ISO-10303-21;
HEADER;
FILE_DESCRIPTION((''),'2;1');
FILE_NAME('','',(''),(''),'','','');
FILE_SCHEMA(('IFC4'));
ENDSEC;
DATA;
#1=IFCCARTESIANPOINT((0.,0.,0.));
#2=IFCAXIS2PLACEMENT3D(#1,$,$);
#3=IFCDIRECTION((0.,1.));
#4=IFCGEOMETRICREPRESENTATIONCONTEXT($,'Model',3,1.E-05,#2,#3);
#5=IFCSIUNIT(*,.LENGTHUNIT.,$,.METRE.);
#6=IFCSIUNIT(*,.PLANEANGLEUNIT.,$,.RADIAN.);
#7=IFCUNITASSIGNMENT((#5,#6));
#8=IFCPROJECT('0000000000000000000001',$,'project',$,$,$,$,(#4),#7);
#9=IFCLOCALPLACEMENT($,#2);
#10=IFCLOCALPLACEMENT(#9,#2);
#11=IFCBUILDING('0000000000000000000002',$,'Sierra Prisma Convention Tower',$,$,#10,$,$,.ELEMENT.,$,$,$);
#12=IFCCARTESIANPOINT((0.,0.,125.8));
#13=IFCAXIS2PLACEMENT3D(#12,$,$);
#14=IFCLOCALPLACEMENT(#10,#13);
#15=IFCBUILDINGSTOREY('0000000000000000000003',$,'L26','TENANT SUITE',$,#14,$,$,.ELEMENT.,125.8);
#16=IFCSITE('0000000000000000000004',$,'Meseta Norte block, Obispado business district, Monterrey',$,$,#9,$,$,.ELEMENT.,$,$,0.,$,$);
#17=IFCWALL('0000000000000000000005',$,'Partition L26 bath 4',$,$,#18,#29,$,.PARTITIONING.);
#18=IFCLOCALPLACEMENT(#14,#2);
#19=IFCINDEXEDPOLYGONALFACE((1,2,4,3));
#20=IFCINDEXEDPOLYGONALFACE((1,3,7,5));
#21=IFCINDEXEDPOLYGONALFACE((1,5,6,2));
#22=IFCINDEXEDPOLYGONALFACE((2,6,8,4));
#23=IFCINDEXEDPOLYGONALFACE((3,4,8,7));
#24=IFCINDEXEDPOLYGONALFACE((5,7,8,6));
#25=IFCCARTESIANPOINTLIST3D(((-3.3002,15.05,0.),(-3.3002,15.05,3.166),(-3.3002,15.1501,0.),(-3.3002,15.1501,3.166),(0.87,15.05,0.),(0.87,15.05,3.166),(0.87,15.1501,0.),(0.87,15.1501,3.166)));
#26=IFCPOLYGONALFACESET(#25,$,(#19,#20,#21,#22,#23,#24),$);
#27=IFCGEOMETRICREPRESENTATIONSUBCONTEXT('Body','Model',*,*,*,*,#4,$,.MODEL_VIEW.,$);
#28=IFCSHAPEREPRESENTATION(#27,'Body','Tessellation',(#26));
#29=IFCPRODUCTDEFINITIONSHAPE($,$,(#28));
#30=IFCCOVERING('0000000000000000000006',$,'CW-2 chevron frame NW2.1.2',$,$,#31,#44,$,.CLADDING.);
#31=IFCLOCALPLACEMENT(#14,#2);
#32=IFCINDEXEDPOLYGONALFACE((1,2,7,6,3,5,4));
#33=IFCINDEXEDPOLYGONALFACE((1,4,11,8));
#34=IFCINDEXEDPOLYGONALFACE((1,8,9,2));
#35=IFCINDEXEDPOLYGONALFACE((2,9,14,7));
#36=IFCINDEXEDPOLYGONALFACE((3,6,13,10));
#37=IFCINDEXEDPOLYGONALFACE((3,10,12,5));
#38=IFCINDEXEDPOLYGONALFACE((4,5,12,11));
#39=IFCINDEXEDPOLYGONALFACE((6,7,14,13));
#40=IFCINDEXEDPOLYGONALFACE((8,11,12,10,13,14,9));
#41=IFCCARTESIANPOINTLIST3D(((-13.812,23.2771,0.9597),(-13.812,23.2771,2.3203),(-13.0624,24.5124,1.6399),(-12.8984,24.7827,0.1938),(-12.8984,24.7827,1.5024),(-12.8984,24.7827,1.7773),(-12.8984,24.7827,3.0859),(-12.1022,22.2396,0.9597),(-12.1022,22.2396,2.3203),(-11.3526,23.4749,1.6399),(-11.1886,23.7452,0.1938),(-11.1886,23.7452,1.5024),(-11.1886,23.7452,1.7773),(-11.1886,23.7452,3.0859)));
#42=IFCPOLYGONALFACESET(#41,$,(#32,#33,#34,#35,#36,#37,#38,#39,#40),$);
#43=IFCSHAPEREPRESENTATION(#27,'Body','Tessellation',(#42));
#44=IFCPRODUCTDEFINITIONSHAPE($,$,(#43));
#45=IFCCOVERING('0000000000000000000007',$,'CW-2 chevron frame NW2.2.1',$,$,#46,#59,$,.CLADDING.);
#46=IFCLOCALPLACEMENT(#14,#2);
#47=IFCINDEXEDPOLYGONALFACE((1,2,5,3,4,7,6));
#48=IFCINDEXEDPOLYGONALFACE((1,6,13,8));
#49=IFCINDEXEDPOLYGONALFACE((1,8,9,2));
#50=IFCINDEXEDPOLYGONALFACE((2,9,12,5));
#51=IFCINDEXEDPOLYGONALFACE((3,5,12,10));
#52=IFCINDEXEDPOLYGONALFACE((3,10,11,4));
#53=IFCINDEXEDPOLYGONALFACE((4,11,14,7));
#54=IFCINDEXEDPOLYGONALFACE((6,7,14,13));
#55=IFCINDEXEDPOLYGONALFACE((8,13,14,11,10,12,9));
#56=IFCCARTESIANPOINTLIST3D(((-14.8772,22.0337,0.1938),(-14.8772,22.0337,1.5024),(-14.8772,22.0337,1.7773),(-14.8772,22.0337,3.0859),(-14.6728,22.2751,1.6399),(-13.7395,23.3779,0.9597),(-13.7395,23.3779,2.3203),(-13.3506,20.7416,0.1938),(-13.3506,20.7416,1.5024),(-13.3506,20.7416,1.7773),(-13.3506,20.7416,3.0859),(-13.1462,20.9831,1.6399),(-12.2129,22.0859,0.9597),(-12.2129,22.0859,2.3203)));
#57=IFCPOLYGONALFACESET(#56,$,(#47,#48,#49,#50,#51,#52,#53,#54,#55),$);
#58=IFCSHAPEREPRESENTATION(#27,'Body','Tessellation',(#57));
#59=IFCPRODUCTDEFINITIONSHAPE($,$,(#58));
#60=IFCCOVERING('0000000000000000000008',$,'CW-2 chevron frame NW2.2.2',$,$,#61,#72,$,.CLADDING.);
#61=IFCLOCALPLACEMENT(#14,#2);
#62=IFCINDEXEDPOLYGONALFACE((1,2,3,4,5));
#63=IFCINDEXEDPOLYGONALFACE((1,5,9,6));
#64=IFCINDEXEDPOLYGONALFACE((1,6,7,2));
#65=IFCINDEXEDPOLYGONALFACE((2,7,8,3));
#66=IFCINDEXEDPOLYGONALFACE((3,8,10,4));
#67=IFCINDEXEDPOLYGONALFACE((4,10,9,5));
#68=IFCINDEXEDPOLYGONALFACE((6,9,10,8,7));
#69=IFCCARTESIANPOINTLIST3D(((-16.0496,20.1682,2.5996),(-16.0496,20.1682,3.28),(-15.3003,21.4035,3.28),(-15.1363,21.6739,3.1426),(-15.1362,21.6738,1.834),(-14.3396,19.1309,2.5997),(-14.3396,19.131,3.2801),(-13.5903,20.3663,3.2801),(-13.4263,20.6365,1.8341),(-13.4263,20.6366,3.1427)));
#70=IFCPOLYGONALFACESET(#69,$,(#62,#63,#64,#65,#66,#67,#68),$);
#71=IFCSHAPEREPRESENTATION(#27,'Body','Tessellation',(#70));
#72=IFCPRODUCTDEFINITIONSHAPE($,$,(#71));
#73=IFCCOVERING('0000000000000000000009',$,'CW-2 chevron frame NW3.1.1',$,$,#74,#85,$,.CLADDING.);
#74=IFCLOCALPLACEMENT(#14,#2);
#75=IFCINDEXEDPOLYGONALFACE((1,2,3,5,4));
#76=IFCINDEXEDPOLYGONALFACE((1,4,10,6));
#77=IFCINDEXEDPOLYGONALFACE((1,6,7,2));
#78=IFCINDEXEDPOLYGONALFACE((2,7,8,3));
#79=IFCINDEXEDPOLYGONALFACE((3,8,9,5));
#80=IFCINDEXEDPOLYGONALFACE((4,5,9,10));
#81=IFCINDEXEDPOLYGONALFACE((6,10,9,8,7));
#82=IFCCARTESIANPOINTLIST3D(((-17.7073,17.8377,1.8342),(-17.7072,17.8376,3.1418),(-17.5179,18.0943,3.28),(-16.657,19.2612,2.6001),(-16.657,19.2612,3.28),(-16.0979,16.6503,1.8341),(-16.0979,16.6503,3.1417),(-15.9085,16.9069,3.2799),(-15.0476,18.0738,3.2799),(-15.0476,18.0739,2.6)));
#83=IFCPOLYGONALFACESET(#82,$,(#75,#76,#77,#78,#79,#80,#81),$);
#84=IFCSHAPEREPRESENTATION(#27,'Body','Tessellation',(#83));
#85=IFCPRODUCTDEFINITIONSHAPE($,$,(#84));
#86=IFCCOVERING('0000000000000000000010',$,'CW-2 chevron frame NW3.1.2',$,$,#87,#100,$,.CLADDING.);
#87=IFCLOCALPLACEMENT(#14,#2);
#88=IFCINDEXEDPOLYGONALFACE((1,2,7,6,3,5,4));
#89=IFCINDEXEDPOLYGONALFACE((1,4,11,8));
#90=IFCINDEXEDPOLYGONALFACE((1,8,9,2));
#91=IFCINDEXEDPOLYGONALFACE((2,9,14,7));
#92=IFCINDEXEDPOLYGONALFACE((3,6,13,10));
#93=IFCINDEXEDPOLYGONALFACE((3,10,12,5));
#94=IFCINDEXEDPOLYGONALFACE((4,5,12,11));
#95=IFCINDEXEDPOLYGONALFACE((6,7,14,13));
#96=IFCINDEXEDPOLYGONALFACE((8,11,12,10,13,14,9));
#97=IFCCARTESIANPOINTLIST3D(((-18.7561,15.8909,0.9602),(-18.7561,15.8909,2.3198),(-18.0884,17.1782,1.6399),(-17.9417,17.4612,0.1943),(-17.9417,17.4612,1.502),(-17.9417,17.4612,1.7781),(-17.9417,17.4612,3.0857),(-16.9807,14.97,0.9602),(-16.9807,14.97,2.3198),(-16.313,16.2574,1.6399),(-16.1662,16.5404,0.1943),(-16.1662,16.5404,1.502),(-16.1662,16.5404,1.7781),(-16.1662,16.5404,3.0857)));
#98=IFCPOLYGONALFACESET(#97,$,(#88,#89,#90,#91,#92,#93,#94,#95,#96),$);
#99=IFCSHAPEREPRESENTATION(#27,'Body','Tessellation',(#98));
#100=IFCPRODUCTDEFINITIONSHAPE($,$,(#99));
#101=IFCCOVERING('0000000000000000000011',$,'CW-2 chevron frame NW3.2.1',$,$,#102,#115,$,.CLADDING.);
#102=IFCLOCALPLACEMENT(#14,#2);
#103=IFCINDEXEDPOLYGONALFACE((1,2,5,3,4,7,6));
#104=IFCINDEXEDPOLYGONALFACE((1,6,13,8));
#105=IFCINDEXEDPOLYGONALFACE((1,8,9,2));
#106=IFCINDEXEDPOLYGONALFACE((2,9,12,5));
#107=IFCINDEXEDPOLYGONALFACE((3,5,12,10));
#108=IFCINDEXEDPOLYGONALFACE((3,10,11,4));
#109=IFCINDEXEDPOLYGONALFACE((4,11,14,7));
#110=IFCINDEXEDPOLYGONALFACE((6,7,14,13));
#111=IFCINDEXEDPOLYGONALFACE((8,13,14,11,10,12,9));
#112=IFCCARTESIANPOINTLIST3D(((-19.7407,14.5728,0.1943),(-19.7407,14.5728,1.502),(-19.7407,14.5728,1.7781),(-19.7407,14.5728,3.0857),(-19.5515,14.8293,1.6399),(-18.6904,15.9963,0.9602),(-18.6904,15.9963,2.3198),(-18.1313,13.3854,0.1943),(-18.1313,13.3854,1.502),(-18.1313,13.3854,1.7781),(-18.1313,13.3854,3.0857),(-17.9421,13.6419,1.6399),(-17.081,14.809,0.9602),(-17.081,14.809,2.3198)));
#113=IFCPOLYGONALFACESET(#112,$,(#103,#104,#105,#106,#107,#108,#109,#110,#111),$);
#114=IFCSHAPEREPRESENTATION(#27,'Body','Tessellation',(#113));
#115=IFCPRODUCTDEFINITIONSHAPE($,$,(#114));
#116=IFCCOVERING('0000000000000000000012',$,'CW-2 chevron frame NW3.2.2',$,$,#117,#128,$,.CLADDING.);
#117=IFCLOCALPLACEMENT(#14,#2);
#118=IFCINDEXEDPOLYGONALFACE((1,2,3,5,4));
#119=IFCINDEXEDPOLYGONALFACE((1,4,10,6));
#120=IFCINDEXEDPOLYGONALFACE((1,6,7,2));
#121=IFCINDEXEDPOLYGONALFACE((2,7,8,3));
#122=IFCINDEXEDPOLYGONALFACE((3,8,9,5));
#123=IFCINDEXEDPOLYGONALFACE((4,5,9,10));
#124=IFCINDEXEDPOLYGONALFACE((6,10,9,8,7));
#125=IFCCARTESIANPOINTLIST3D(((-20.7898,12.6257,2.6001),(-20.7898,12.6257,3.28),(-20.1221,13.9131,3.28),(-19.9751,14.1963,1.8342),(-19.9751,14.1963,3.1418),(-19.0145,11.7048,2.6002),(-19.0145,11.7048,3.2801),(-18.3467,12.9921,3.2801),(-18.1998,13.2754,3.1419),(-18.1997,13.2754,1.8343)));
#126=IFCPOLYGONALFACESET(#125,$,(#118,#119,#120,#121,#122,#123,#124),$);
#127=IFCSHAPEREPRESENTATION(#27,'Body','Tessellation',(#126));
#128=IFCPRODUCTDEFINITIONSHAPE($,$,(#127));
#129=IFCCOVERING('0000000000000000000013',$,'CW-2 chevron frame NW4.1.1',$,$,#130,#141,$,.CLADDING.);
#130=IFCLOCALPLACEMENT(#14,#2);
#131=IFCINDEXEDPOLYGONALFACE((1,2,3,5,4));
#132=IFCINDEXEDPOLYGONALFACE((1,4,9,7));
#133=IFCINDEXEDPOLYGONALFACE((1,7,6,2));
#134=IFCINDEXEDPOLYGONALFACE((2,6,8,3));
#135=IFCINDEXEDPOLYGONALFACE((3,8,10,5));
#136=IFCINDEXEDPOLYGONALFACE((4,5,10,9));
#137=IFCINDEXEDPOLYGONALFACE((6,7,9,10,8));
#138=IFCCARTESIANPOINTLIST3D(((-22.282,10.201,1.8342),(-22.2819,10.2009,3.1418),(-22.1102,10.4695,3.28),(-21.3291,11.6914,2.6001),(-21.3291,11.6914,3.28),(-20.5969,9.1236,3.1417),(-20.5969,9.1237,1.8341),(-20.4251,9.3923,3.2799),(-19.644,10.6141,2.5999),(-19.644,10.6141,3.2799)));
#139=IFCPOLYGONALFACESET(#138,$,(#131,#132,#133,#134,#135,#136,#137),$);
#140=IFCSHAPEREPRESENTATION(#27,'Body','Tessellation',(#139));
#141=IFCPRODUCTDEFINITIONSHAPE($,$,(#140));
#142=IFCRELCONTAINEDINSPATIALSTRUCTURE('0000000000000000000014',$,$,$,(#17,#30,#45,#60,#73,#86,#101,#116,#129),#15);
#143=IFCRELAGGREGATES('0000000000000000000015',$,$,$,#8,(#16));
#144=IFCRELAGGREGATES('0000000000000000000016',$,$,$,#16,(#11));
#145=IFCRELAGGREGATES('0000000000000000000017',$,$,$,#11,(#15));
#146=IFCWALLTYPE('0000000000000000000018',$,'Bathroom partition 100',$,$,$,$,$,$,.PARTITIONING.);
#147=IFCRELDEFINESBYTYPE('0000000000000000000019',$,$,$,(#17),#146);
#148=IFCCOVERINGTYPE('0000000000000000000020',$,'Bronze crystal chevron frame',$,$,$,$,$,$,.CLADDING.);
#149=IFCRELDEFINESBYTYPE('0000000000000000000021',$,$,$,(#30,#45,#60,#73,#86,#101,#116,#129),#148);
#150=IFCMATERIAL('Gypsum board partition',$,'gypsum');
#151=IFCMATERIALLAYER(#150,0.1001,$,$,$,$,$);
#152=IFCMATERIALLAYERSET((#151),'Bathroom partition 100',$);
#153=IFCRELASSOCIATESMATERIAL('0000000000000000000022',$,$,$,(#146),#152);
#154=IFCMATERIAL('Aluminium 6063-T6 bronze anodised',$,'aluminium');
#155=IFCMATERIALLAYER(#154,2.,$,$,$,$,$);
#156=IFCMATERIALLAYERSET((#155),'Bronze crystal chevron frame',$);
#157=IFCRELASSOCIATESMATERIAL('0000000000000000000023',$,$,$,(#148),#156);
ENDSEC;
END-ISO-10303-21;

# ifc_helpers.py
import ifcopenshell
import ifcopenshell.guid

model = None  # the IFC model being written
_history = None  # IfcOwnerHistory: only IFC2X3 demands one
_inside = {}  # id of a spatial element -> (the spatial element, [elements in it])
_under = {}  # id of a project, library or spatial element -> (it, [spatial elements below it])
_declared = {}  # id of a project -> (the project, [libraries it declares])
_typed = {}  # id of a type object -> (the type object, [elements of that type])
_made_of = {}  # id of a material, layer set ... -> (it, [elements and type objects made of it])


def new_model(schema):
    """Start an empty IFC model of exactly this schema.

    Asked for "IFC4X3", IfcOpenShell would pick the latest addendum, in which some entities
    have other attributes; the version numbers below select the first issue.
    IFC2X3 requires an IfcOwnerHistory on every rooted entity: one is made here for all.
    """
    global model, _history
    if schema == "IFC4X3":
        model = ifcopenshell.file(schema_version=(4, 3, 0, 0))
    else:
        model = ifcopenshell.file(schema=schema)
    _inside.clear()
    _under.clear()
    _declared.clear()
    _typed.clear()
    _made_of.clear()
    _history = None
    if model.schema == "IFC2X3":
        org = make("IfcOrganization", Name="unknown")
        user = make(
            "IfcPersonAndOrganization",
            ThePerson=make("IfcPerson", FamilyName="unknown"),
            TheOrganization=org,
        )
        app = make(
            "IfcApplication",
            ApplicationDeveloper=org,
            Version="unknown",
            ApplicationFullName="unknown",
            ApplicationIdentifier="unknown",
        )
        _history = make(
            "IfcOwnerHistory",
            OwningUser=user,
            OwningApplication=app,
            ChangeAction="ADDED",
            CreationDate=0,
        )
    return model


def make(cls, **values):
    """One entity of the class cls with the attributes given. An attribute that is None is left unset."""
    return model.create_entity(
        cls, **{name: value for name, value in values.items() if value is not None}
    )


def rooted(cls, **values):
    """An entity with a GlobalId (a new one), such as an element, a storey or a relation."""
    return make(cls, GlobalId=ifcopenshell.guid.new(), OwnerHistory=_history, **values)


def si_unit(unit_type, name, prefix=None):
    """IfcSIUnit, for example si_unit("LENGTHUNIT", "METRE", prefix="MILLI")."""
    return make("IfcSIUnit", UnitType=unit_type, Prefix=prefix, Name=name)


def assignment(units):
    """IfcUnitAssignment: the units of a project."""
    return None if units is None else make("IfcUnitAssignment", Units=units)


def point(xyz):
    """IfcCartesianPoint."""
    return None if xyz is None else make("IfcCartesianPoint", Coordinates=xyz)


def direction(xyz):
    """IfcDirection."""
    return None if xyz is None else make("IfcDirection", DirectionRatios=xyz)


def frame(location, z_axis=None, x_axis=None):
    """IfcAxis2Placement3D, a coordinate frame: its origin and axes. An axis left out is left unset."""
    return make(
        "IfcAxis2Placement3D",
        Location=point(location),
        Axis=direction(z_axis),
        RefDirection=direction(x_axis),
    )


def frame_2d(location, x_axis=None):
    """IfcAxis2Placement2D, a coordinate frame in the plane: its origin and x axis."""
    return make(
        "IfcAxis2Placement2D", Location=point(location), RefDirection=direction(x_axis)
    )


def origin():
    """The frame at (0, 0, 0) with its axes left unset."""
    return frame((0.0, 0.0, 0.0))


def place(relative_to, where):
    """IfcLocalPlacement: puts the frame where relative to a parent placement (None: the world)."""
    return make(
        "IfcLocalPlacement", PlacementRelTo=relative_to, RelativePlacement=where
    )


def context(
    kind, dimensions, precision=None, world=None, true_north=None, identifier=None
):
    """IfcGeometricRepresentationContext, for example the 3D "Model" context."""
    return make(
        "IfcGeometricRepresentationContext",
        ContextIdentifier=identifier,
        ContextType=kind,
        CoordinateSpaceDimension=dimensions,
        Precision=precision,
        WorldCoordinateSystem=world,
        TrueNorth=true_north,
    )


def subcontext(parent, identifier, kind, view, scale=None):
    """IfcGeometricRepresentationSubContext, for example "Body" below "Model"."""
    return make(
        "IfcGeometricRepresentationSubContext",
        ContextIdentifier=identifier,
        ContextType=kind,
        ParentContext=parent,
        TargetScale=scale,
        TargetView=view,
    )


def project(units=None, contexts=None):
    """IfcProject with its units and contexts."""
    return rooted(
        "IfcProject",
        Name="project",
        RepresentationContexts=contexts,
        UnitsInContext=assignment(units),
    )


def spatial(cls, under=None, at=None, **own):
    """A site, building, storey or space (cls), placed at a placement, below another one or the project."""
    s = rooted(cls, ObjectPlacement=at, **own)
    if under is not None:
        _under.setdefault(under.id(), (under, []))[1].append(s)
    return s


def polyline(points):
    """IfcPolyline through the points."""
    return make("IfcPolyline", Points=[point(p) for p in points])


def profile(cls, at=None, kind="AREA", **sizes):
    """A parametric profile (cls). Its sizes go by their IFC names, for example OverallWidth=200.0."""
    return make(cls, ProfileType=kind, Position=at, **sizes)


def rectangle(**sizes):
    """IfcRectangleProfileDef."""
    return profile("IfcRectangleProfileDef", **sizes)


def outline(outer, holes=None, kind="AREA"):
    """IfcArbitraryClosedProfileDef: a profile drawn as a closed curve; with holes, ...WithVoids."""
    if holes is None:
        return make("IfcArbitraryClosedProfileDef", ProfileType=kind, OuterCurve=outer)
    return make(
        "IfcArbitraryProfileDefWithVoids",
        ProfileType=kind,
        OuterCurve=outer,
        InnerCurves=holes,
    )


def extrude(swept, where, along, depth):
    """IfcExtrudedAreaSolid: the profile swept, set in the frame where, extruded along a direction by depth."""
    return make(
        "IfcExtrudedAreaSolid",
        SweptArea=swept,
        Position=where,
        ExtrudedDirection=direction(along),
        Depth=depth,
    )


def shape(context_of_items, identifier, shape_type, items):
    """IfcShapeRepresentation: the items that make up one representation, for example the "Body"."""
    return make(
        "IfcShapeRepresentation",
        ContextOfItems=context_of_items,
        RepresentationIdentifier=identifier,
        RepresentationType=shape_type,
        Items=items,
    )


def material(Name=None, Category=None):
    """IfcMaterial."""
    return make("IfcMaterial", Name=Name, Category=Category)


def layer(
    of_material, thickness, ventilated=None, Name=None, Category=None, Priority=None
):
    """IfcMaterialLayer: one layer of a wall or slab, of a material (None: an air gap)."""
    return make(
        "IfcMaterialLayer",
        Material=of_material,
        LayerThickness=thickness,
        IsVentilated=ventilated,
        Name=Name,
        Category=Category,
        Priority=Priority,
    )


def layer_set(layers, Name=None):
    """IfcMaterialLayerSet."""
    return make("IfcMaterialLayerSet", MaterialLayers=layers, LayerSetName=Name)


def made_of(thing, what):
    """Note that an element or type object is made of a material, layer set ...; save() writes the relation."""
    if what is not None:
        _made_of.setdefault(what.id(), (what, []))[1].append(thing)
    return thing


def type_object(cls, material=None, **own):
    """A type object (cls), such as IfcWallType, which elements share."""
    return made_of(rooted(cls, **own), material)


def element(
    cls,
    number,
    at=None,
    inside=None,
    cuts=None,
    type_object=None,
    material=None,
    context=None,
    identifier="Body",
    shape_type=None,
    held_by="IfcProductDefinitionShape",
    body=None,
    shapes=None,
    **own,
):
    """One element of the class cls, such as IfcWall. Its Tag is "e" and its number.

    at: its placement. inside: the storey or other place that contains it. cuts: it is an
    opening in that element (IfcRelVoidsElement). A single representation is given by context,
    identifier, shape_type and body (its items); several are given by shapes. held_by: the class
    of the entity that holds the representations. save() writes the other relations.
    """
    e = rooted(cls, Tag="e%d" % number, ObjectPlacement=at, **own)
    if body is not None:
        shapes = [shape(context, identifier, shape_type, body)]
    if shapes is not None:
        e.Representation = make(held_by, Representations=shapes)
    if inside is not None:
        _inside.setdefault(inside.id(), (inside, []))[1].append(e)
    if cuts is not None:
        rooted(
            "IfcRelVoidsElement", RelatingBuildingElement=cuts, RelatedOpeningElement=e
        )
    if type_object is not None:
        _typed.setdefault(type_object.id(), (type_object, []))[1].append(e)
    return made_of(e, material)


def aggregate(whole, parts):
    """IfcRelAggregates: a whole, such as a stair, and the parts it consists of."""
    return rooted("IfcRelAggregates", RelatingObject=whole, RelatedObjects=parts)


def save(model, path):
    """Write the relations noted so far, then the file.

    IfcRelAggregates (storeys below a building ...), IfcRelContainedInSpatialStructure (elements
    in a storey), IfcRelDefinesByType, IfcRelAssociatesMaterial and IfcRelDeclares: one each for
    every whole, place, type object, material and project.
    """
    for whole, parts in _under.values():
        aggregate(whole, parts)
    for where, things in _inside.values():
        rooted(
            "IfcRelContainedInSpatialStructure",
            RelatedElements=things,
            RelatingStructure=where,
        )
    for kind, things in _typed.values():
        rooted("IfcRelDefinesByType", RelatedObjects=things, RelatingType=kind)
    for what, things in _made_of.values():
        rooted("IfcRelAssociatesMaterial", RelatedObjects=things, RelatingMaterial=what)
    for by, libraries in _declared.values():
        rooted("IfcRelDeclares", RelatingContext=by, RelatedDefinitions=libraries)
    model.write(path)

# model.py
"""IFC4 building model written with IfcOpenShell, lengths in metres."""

from ifc_helpers import new_model, si_unit, direction, frame, frame_2d, origin, place, context, subcontext, project, spatial, polyline, rectangle, outline, extrude, material, layer, layer_set, type_object, element, save


model = new_model("IFC4")

# Units and contexts
model_context = context("Model", 3, precision=1e-05, world=origin(), true_north=direction((0.0, 1.0)))
body_context = subcontext(model_context, "Body", "Model", "MODEL_VIEW")
ifc_project = project(units=[si_unit("LENGTHUNIT", "METRE"), si_unit("PLANEANGLEUNIT", "RADIAN")], contexts=[model_context])

# Site, building, storey
site_placement = place(None, origin())
site = spatial("IfcSite", under=ifc_project, at=site_placement, Name="Meseta Norte block, Obispado business district, Monterrey", CompositionType="ELEMENT", RefElevation=0.0)
building_placement = place(site_placement, origin())
building = spatial("IfcBuilding", under=site, at=building_placement, Name="Sierra Prisma Convention Tower", CompositionType="ELEMENT")
storey_placement = place(building_placement, frame((0.0, 0.0, 125.8)))
storey = spatial("IfcBuildingStorey", under=building, at=storey_placement, Name="L26", Description="TENANT SUITE", CompositionType="ELEMENT", Elevation=125.8)

# Wall
ifc_material_1 = material(Name="Gypsum board partition", Category="gypsum")
ifc_layer_1 = layer(ifc_material_1, 0.1001)
ifc_layer_set_1 = layer_set([ifc_layer_1], Name="Bathroom partition 100")
wall_type = type_object("IfcWallType", Name="Bathroom partition 100", PredefinedType="PARTITIONING", material=ifc_layer_set_1)
wall_placement = place(storey_placement, frame((-3.3, 15.1001, 0.0), z_axis=(0.0, 0.0, 1.0), x_axis=(1.0, 0.0, 0.0)))
element("IfcWall", 1, at=wall_placement, inside=storey, type_object=wall_type, Name="Partition L26 bath 4", PredefinedType="PARTITIONING", context=body_context, shape_type="SweptSolid", body=[
    extrude(rectangle(XDim=4.1702, YDim=0.1001, at=frame_2d((2.085, 0.0))), origin(), (0.0, 0.0, 1.0), 3.166),
])

# Coverings
ifc_material_2 = material(Name="Aluminium 6063-T6 bronze anodised", Category="aluminium")
ifc_layer_2 = layer(ifc_material_2, 2.0)
ifc_layer_set_2 = layer_set([ifc_layer_2], Name="Bronze crystal chevron frame")
covering_type = type_object("IfcCoveringType", Name="Bronze crystal chevron frame", PredefinedType="CLADDING", material=ifc_layer_set_2)
covering_1_placement = place(storey_placement, frame((-12.8984, 24.7827, 1.5024), z_axis=(-0.854927, 0.518748, 0.0), x_axis=(0.0, 0.0, -1.0)))
element("IfcCovering", 2, at=covering_1_placement, inside=storey, type_object=covering_type, Name="CW-2 chevron frame NW2.1.2", PredefinedType="CLADDING", context=body_context, shape_type="SweptSolid", body=[
    extrude(outline(polyline([(0.0, 0.0), (1.3086, 0.0), (0.5427, 1.7611), (-0.8179, 1.7611), (-1.5835, 0.0), (-0.2749, 0.0), (-0.1375, 0.3162), (0.0, 0.0)])), origin(), (0.0, 0.0, -1.0), 2.0),
])
covering_2_placement = place(storey_placement, frame((-13.7395, 23.3779, 0.9597), z_axis=(-0.763312, 0.646029, 0.0), x_axis=(-0.592431, -0.699983, -0.39881)))
element("IfcCovering", 3, at=covering_2_placement, inside=storey, type_object=covering_type, Name="CW-2 chevron frame NW2.2.1", PredefinedType="CLADDING", context=body_context, shape_type="SweptSolid", body=[
    extrude(outline(polyline([(0.0, 0.0), (1.9204, 0.0), (1.3985, 1.2), (1.0536, 1.1999), (1.2889, 1.4521), (0.767, 2.6521), (-0.5426, 1.2477), (0.0, 0.0)])), origin(), (0.0, 0.0, -1.0), 2.0),
])
covering_3_placement = place(storey_placement, frame((-15.1362, 21.6738, 1.834), z_axis=(-0.854989, 0.518646, -0.000047), x_axis=(-0.475652, -0.784078, 0.398718)))
element("IfcCovering", 4, at=covering_3_placement, inside=storey, type_object=covering_type, Name="CW-2 chevron frame NW2.2.2", PredefinedType="CLADDING", context=body_context, shape_type="SweptSolid", body=[
    extrude(outline(polyline([(0.0, 0.0), (1.9202, 0.0), (2.1915, 0.624), (0.8665, 1.2001), (0.5218, 1.2001), (0.0, 0.0)])), origin(), (0.0, 0.0, -1.0), 2.0),
])
covering_4_placement = place(storey_placement, frame((-16.657, 19.2612, 2.6001), z_axis=(-0.804698, 0.593685, 0.000055), x_axis=(-0.54484, -0.738454, -0.397284)))
element("IfcCovering", 5, at=covering_4_placement, inside=storey, type_object=covering_type, Name="CW-2 chevron frame NW3.1.1", PredefinedType="CLADDING", context=body_context, shape_type="SweptSolid", body=[
    extrude(outline(polyline([(0.0, 0.0), (1.9278, 0.0), (1.4083, 1.2), (1.0607, 1.2001), (-0.2701, 0.624), (0.0, 0.0)])), origin(), (0.0, 0.0, -1.0), 2.0),
])
covering_5_placement = place(storey_placement, frame((-17.9417, 17.4612, 1.502), z_axis=(-0.887704, 0.460415, 0.0), x_axis=(0.0, 0.0, -1.0)))
element("IfcCovering", 6, at=covering_5_placement, inside=storey, type_object=covering_type, Name="CW-2 chevron frame NW3.1.2", PredefinedType="CLADDING", context=body_context, shape_type="SweptSolid", body=[
    extrude(outline(polyline([(0.0, 0.0), (1.3076, 0.0), (0.5417, 1.769), (-0.8179, 1.769), (-1.5837, 0.0), (-0.2761, 0.0), (-0.1379, 0.3187), (0.0, 0.0)])), origin(), (0.0, 0.0, -1.0), 2.0),
])
covering_6_placement = place(storey_placement, frame((-18.6904, 15.9963, 0.9602), z_axis=(-0.804693, 0.593691, 0.0), x_axis=(-0.544828, -0.738463, -0.397284)))
element("IfcCovering", 7, at=covering_6_placement, inside=storey, type_object=covering_type, Name="CW-2 chevron frame NW3.2.1", PredefinedType="CLADDING", context=body_context, shape_type="SweptSolid", body=[
    extrude(outline(polyline([(0.0, 0.0), (1.9278, 0.0), (1.4083, 1.2), (1.0609, 1.1999), (1.2986, 1.4534), (0.7791, 2.6534), (-0.5402, 1.2477), (0.0, 0.0)])), origin(), (0.0, 0.0, -1.0), 2.0),
])
covering_7_placement = place(storey_placement, frame((-19.9751, 14.1963, 1.8342), z_axis=(-0.887678, 0.460464, -0.000028), x_axis=(-0.422583, -0.814627, 0.397248)))
element("IfcCovering", 8, at=covering_7_placement, inside=storey, type_object=covering_type, Name="CW-2 chevron frame NW3.2.2", PredefinedType="CLADDING", context=body_context, shape_type="SweptSolid", body=[
    extrude(outline(polyline([(0.0, 0.0), (1.9279, 0.0), (2.198, 0.624), (0.8672, 1.2001), (0.5194, 1.2), (0.0, 0.0)])), origin(), (0.0, 0.0, -1.0), 2.0),
])
covering_8_placement = place(storey_placement, frame((-21.3291, 11.6914, 2.6001), z_axis=(-0.842538, 0.538638, 0.000074), x_axis=(-0.494328, -0.773173, -0.397295)))
element("IfcCovering", 9, at=covering_8_placement, inside=storey, type_object=covering_type, Name="CW-2 chevron frame NW4.1.1", PredefinedType="CLADDING", context=body_context, shape_type="SweptSolid", body=[
    extrude(outline(polyline([(0.0, 0.0), (1.9277, 0.0), (1.4082, 1.2), (1.0607, 1.2001), (-0.2701, 0.624), (0.0, 0.0)])), origin(), (0.0, 0.0, -1.0), 2.0),
])

save(model, "model.ifc")
